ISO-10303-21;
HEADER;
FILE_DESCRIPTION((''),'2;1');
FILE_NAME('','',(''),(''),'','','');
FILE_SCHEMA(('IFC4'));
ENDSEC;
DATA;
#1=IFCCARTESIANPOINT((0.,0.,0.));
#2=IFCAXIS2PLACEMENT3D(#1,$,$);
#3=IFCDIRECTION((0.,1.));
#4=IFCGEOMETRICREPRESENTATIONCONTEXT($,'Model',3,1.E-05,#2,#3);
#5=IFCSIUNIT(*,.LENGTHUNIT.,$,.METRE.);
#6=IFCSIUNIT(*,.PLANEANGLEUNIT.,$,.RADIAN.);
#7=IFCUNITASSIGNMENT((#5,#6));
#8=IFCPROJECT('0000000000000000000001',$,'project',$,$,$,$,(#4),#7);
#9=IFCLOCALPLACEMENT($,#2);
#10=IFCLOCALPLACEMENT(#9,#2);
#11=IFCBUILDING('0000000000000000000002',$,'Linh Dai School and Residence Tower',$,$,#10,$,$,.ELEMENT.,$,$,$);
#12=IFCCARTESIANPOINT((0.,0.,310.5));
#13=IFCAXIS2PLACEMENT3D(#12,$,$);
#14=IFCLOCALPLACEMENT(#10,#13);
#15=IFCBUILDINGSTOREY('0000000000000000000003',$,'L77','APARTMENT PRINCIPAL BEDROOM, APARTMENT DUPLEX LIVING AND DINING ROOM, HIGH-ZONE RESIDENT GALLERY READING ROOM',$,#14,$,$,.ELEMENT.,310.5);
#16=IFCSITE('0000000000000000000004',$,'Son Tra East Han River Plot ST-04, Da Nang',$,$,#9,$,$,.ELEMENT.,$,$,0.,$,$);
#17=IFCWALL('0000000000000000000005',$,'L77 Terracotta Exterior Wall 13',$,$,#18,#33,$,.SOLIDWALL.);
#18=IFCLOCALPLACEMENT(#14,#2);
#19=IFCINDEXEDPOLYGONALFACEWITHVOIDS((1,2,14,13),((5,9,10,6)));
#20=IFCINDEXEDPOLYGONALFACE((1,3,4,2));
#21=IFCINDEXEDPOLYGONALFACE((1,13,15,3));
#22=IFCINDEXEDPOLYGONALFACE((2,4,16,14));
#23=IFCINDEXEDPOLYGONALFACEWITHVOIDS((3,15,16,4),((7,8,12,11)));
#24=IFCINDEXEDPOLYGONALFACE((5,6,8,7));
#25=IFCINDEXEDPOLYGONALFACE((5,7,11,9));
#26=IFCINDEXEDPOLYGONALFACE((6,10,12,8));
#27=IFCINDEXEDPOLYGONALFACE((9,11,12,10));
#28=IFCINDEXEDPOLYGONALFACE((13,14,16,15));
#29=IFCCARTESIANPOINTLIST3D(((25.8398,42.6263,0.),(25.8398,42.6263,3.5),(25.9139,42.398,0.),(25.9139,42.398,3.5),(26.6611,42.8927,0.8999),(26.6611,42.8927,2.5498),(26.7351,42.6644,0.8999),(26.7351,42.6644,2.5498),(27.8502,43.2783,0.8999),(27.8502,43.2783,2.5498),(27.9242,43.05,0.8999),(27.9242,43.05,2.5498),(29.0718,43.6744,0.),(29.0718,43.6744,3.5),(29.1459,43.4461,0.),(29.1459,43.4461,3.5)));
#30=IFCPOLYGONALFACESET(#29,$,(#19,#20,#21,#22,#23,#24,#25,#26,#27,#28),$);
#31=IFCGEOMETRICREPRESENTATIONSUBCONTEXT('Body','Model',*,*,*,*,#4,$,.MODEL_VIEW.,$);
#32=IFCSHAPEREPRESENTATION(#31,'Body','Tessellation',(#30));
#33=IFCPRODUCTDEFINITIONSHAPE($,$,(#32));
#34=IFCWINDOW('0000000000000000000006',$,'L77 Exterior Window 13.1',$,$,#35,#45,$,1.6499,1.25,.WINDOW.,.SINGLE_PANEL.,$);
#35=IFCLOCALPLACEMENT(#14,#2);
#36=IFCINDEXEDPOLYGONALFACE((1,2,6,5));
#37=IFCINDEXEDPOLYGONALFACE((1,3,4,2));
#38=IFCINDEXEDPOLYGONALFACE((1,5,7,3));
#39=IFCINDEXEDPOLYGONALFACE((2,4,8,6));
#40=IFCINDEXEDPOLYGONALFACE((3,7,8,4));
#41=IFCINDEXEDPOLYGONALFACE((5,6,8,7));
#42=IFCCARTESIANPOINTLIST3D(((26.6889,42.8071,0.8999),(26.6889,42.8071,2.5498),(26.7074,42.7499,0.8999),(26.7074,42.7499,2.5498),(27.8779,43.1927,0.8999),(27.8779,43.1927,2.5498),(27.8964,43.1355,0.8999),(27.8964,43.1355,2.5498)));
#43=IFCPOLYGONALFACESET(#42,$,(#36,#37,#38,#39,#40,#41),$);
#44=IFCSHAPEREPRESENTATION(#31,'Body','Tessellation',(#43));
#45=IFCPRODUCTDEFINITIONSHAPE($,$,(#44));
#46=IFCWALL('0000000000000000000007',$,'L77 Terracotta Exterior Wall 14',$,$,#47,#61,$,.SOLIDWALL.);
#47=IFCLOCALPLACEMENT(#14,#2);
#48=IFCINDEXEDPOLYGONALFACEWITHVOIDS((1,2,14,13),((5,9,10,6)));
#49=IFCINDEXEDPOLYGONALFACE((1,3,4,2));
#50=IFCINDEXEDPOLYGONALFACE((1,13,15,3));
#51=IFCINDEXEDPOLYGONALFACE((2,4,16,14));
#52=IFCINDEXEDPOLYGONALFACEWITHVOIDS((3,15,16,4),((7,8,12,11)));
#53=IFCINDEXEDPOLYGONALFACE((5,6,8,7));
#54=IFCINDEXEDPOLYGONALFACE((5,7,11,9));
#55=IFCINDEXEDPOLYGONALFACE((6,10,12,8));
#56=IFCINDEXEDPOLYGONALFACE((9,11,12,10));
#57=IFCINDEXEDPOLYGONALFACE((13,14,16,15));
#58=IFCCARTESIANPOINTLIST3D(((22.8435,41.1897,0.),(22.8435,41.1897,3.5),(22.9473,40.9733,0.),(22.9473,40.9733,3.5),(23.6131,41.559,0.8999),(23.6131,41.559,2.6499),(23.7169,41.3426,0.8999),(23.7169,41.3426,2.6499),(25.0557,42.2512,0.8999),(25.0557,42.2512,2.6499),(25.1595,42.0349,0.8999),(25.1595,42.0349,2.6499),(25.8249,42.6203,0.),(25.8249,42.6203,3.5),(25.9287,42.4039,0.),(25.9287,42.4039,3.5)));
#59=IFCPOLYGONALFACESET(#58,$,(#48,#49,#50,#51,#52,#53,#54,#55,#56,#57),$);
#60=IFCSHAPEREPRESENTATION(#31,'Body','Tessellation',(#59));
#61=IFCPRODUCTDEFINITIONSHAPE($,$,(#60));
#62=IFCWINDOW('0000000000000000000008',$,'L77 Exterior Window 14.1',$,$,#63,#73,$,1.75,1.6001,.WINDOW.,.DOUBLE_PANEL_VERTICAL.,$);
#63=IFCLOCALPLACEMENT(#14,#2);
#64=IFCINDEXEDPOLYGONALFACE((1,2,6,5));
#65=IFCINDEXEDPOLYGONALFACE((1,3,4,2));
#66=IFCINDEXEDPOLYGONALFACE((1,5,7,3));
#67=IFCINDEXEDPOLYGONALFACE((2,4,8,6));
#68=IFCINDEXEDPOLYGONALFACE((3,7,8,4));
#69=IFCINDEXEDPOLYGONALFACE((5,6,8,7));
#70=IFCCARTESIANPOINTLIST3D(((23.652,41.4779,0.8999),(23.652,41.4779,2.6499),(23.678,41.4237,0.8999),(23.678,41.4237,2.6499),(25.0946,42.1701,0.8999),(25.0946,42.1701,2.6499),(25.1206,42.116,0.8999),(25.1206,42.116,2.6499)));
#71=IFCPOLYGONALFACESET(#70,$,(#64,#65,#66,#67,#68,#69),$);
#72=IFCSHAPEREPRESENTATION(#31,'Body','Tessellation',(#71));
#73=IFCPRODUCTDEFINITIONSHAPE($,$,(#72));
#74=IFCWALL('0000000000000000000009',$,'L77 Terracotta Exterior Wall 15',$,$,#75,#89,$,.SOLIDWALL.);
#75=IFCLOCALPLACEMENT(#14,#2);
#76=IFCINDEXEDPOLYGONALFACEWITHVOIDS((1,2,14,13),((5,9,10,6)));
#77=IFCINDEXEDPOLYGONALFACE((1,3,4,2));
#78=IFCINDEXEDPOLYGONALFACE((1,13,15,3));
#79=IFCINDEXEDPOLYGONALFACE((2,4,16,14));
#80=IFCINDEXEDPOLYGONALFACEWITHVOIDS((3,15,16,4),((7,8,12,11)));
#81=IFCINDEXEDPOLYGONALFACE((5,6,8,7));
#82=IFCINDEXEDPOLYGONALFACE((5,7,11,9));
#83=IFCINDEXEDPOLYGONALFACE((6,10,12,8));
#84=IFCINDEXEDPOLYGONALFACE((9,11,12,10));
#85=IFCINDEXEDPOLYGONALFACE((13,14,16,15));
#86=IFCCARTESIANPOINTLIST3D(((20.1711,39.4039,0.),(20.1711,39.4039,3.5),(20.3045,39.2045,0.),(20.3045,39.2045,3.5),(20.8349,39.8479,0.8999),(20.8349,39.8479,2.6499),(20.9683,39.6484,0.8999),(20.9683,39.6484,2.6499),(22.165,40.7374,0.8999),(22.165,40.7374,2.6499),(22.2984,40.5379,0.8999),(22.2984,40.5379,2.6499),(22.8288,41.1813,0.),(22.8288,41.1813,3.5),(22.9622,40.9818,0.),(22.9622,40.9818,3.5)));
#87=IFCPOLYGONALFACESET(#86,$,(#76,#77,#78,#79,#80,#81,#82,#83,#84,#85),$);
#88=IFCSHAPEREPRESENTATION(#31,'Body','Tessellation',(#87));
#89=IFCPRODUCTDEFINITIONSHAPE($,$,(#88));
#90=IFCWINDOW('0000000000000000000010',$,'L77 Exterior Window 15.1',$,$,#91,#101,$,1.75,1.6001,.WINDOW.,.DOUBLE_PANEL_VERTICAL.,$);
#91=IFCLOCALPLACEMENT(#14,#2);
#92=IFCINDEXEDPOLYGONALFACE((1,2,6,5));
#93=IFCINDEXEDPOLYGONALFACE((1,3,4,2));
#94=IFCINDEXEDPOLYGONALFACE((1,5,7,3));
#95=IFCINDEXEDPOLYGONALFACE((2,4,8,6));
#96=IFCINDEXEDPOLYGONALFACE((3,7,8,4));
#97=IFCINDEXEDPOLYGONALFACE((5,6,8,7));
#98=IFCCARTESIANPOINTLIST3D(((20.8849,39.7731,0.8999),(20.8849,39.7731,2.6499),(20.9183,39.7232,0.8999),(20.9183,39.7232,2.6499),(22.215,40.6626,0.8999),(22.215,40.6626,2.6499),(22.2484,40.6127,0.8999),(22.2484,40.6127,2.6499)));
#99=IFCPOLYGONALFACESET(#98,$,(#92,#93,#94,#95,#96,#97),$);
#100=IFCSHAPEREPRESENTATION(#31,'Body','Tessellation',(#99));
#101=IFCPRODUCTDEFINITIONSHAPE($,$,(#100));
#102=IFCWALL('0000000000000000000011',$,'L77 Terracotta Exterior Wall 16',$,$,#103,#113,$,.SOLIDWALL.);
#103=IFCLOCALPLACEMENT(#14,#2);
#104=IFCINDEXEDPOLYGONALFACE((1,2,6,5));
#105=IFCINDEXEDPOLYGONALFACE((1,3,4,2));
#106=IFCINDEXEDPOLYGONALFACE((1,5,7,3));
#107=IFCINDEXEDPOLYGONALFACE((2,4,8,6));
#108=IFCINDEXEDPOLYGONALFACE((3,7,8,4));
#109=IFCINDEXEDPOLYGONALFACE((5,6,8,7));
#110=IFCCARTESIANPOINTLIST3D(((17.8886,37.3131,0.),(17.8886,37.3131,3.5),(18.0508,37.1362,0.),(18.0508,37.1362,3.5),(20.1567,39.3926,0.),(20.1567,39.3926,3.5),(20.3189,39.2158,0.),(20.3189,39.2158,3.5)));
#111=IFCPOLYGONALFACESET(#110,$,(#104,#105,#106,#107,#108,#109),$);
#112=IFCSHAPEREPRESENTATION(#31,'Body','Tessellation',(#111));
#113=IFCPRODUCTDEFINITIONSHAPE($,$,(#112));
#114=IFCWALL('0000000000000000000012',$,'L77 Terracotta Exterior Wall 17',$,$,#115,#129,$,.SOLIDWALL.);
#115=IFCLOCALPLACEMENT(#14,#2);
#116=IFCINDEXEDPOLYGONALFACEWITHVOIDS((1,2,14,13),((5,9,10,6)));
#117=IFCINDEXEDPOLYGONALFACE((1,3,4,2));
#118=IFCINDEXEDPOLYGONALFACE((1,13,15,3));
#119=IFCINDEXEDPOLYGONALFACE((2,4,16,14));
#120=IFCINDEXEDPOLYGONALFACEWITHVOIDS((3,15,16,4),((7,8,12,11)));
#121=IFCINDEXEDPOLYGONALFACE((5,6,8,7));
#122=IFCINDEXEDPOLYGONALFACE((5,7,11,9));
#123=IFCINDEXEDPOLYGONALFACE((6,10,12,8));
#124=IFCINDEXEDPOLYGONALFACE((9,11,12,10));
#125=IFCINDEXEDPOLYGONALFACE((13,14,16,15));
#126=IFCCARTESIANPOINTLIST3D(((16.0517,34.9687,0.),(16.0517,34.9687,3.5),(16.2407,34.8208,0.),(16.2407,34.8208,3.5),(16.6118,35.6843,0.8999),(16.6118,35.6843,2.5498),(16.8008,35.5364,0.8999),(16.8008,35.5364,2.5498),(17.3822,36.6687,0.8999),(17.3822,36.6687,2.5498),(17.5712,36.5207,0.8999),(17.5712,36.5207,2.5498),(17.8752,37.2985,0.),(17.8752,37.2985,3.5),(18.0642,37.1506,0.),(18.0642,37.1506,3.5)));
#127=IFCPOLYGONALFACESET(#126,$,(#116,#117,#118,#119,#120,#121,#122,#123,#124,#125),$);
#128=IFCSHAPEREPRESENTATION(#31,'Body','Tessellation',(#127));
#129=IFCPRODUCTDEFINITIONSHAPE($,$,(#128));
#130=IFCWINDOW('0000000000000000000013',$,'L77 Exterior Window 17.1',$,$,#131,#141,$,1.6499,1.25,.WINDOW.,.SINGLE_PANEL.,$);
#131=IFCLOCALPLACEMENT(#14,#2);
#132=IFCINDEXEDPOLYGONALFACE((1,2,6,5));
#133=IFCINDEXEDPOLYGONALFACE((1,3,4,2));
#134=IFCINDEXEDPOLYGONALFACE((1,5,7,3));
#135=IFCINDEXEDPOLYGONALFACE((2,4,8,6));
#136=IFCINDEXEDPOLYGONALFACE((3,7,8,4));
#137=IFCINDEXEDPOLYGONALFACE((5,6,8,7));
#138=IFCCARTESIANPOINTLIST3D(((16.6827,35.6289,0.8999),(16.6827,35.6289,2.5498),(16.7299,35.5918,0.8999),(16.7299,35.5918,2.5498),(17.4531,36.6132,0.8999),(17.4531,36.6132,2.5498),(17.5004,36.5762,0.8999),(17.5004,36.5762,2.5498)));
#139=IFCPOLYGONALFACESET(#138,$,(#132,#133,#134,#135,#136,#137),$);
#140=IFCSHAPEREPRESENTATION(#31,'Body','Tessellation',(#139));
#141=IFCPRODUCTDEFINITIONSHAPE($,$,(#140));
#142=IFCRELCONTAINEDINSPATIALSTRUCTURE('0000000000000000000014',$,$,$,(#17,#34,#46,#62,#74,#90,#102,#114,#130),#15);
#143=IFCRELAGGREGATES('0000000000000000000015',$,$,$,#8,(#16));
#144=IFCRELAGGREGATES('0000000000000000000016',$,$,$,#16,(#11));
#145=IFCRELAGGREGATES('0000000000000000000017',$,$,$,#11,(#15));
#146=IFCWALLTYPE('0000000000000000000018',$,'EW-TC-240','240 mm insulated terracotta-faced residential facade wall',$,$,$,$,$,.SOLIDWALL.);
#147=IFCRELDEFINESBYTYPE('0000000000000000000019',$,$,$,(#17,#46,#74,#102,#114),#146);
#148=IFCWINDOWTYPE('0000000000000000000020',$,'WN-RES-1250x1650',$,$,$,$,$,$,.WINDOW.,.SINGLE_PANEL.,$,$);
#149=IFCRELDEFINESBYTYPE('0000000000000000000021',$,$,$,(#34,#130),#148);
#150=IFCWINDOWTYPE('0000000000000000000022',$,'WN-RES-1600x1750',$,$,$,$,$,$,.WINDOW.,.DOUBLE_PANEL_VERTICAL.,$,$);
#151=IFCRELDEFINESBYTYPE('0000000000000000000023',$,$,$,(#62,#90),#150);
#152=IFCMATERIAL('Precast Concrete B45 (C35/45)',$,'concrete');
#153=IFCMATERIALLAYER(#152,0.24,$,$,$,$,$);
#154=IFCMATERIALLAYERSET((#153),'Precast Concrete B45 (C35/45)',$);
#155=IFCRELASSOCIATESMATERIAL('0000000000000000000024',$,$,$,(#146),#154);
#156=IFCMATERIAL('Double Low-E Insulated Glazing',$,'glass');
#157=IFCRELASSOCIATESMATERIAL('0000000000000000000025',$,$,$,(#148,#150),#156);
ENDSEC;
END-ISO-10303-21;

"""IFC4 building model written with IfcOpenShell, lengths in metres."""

from ifc_helpers import new_model, si_unit, direction, frame, frame_2d, origin, origin_2d, place, context, subcontext, project, spatial, rectangle, extrude, source, transform, mapped, material, layer, layer_set, type_object, element, fill, save


model = new_model("IFC4")

# Units and contexts
model_context = context("Model", 3, precision=1e-05, world=origin(), true_north=direction((0.0, 1.0)))
body_context = subcontext(model_context, "Body", "Model", "MODEL_VIEW")
ifc_project = project(units=[si_unit("LENGTHUNIT", "METRE"), si_unit("PLANEANGLEUNIT", "RADIAN")], contexts=[model_context])

# Site, building, storey
site_placement = place(None, origin())
site = spatial("IfcSite", under=ifc_project, at=site_placement, Name="Son Tra East Han River Plot ST-04, Da Nang", CompositionType="ELEMENT", RefElevation=0.0)
building_placement = place(site_placement, origin())
building = spatial("IfcBuilding", under=site, at=building_placement, Name="Linh Dai School and Residence Tower", CompositionType="ELEMENT")
storey_placement = place(building_placement, frame((0.0, 0.0, 310.5)))
storey = spatial("IfcBuildingStorey", under=building, at=storey_placement, Name="L77", Description="APARTMENT PRINCIPAL BEDROOM, APARTMENT DUPLEX LIVING AND DINING ROOM, HIGH-ZONE RESIDENT GALLERY READING ROOM", CompositionType="ELEMENT", Elevation=310.5)

# Shared definitions
ifc_material_1 = material(Name="Precast Concrete B45 (C35/45)", Category="concrete")

# Walls, openings, windows
ifc_layer_1 = layer(ifc_material_1, 0.24)
ifc_layer_set_1 = layer_set([ifc_layer_1], Name="Precast Concrete B45 (C35/45)")
wall_type_1 = type_object("IfcWallType", Name="EW-TC-240", Description="240 mm insulated terracotta-faced residential facade wall", PredefinedType="SOLIDWALL", material=ifc_layer_set_1)
wall_1_placement = place(storey_placement, frame((25.877, 42.5122, 0.0), z_axis=(0.0, 0.0, 1.0), x_axis=(0.951231, 0.308478, 0.0)))
wall_1 = element("IfcWall", 1, at=wall_1_placement, inside=storey, type_object=wall_type_1, Name="L77 Terracotta Exterior Wall 13", PredefinedType="SOLIDWALL", context=body_context, shape_type="SweptSolid", body=[
    extrude(rectangle(XDim=3.3977, YDim=0.24, at=frame_2d((1.6987, 0.0))), origin(), (0.0, 0.0, 1.0), 3.5),
])
opening_1_placement = place(wall_1_placement, frame((0.8633, 0.0, 0.8999)))
opening_1 = element("IfcOpeningElement", 2, at=opening_1_placement, cuts=wall_1, PredefinedType="OPENING", context=body_context, shape_type="SweptSolid", body=[
    extrude(rectangle(XDim=1.25, YDim=1.6499, at=origin_2d()), frame((0.625, 0.1299, 0.825), z_axis=(0.0, -1.0, 0.0), x_axis=(1.0, 0.0, 0.0)), (0.0, 0.0, 1.0), 0.26),
])
ifc_material_2 = material(Name="Double Low-E Insulated Glazing", Category="glass")
window_type_1 = type_object("IfcWindowType", Name="WN-RES-1250x1650", PartitioningType="SINGLE_PANEL", PredefinedType="WINDOW", material=ifc_material_2)
shared_shape_1 = source(origin(), body_context, "Body", "SweptSolid", [
    extrude(rectangle(XDim=1.25, YDim=1.6499, at=origin_2d()), frame((0.625, 0.03, 0.825), z_axis=(0.0, -1.0, 0.0), x_axis=(1.0, 0.0, 0.0)), (0.0, 0.0, 1.0), 0.0601),
])
window_1_placement = place(opening_1_placement, origin())
window_1 = element("IfcWindow", 3, at=window_1_placement, inside=storey, type_object=window_type_1, Name="L77 Exterior Window 13.1", OverallHeight=1.6499, OverallWidth=1.25, PartitioningType="SINGLE_PANEL", PredefinedType="WINDOW", context=body_context, shape_type="MappedRepresentation", body=[
    mapped(shared_shape_1, transform((0.0, 0.0, 0.0), x_axis=(1.0, 0.0, 0.0), y_axis=(0.0, 1.0, 0.0), z_axis=(0.0, 0.0, 1.0), scale=1.0)),
])
fill(opening_1, window_1)
wall_2_placement = place(storey_placement, frame((22.8955, 41.0815, 0.0), z_axis=(0.0, 0.0, 1.0), x_axis=(0.901574, 0.432625, 0.0)))
wall_2 = element("IfcWall", 4, at=wall_2_placement, inside=storey, type_object=wall_type_1, Name="L77 Terracotta Exterior Wall 14", PredefinedType="SOLIDWALL", context=body_context, shape_type="SweptSolid", body=[
    extrude(rectangle(XDim=3.3069, YDim=0.24, at=frame_2d((1.6533, 0.0))), origin(), (0.0, 0.0, 1.0), 3.5),
])
opening_2_placement = place(wall_2_placement, frame((0.8535, 0.0, 0.8999)))
opening_2 = element("IfcOpeningElement", 5, at=opening_2_placement, cuts=wall_2, PredefinedType="OPENING", context=body_context, shape_type="SweptSolid", body=[
    extrude(rectangle(XDim=1.6001, YDim=1.75, at=origin_2d()), frame((0.8, 0.1299, 0.875), z_axis=(0.0, -1.0, 0.0), x_axis=(1.0, 0.0, 0.0)), (0.0, 0.0, 1.0), 0.26),
])
window_type_2 = type_object("IfcWindowType", Name="WN-RES-1600x1750", PartitioningType="DOUBLE_PANEL_VERTICAL", PredefinedType="WINDOW", material=ifc_material_2)
shared_shape_2 = source(origin(), body_context, "Body", "SweptSolid", [
    extrude(rectangle(XDim=1.6001, YDim=1.75, at=origin_2d()), frame((0.8, 0.03, 0.875), z_axis=(0.0, -1.0, 0.0), x_axis=(1.0, 0.0, 0.0)), (0.0, 0.0, 1.0), 0.0601),
])
window_2_placement = place(opening_2_placement, origin())
window_2 = element("IfcWindow", 6, at=window_2_placement, inside=storey, type_object=window_type_2, Name="L77 Exterior Window 14.1", OverallHeight=1.75, OverallWidth=1.6001, PartitioningType="DOUBLE_PANEL_VERTICAL", PredefinedType="WINDOW", context=body_context, shape_type="MappedRepresentation", body=[
    mapped(shared_shape_2, transform((0.0, 0.0, 0.0), x_axis=(1.0, 0.0, 0.0), y_axis=(0.0, 1.0, 0.0), z_axis=(0.0, 0.0, 1.0), scale=1.0)),
])
fill(opening_2, window_2)
wall_3_placement = place(storey_placement, frame((20.2378, 39.3042, 0.0), z_axis=(0.0, 0.0, 1.0), x_axis=(0.831251, 0.555898, 0.0)))
wall_3 = element("IfcWall", 7, at=wall_3_placement, inside=storey, type_object=wall_type_1, Name="L77 Terracotta Exterior Wall 15", PredefinedType="SOLIDWALL", context=body_context, shape_type="SweptSolid", body=[
    extrude(rectangle(XDim=3.1973, YDim=0.24, at=frame_2d((1.5986, 0.0))), origin(), (0.0, 0.0, 1.0), 3.5),
])
opening_3_placement = place(wall_3_placement, frame((0.7986, 0.0, 0.8999)))
opening_3 = element("IfcOpeningElement", 8, at=opening_3_placement, cuts=wall_3, PredefinedType="OPENING", context=body_context, shape_type="SweptSolid", body=[
    extrude(rectangle(XDim=1.6001, YDim=1.75, at=origin_2d()), frame((0.8, 0.1299, 0.875), z_axis=(0.0, -1.0, 0.0), x_axis=(1.0, 0.0, 0.0)), (0.0, 0.0, 1.0), 0.26),
])
window_3_placement = place(opening_3_placement, origin())
window_3 = element("IfcWindow", 9, at=window_3_placement, inside=storey, type_object=window_type_2, Name="L77 Exterior Window 15.1", OverallHeight=1.75, OverallWidth=1.6001, PartitioningType="DOUBLE_PANEL_VERTICAL", PredefinedType="WINDOW", context=body_context, shape_type="MappedRepresentation", body=[
    mapped(shared_shape_2, transform((0.0, 0.0, 0.0), x_axis=(1.0, 0.0, 0.0), y_axis=(0.0, 1.0, 0.0), z_axis=(0.0, 0.0, 1.0), scale=1.0)),
])
fill(opening_3, window_3)

# Wall
wall_4_placement = place(storey_placement, frame((17.9697, 37.2246, 0.0), z_axis=(0.0, 0.0, 1.0), x_axis=(0.737069, 0.675818, 0.0)))
element("IfcWall", 10, at=wall_4_placement, inside=storey, type_object=wall_type_1, Name="L77 Terracotta Exterior Wall 16", PredefinedType="SOLIDWALL", context=body_context, shape_type="SweptSolid", body=[
    extrude(rectangle(XDim=3.0771, YDim=0.24, at=frame_2d((1.5386, 0.0))), origin(), (0.0, 0.0, 1.0), 3.5),
])

# Wall, opening, window
wall_5_placement = place(storey_placement, frame((16.1462, 34.8948, 0.0), z_axis=(0.0, 0.0, 1.0), x_axis=(0.616337, 0.787482, 0.0)))
wall_5 = element("IfcWall", 11, at=wall_5_placement, inside=storey, type_object=wall_type_1, Name="L77 Terracotta Exterior Wall 17", PredefinedType="SOLIDWALL", context=body_context, shape_type="SweptSolid", body=[
    extrude(rectangle(XDim=2.9585, YDim=0.24, at=frame_2d((1.4792, 0.0))), origin(), (0.0, 0.0, 1.0), 3.5),
])
opening_4_placement = place(wall_5_placement, frame((0.9087, 0.0, 0.8999)))
opening_4 = element("IfcOpeningElement", 12, at=opening_4_placement, cuts=wall_5, PredefinedType="OPENING", context=body_context, shape_type="SweptSolid", body=[
    extrude(rectangle(XDim=1.25, YDim=1.6499, at=origin_2d()), frame((0.625, 0.1299, 0.825), z_axis=(0.0, -1.0, 0.0), x_axis=(1.0, 0.0, 0.0)), (0.0, 0.0, 1.0), 0.26),
])
window_4_placement = place(opening_4_placement, origin())
window_4 = element("IfcWindow", 13, at=window_4_placement, inside=storey, type_object=window_type_1, Name="L77 Exterior Window 17.1", OverallHeight=1.6499, OverallWidth=1.25, PartitioningType="SINGLE_PANEL", PredefinedType="WINDOW", context=body_context, shape_type="MappedRepresentation", body=[
    mapped(shared_shape_1, transform((0.0, 0.0, 0.0), x_axis=(1.0, 0.0, 0.0), y_axis=(0.0, 1.0, 0.0), z_axis=(0.0, 0.0, 1.0), scale=1.0)),
])
fill(opening_4, window_4)

save(model, "model.ifc")
